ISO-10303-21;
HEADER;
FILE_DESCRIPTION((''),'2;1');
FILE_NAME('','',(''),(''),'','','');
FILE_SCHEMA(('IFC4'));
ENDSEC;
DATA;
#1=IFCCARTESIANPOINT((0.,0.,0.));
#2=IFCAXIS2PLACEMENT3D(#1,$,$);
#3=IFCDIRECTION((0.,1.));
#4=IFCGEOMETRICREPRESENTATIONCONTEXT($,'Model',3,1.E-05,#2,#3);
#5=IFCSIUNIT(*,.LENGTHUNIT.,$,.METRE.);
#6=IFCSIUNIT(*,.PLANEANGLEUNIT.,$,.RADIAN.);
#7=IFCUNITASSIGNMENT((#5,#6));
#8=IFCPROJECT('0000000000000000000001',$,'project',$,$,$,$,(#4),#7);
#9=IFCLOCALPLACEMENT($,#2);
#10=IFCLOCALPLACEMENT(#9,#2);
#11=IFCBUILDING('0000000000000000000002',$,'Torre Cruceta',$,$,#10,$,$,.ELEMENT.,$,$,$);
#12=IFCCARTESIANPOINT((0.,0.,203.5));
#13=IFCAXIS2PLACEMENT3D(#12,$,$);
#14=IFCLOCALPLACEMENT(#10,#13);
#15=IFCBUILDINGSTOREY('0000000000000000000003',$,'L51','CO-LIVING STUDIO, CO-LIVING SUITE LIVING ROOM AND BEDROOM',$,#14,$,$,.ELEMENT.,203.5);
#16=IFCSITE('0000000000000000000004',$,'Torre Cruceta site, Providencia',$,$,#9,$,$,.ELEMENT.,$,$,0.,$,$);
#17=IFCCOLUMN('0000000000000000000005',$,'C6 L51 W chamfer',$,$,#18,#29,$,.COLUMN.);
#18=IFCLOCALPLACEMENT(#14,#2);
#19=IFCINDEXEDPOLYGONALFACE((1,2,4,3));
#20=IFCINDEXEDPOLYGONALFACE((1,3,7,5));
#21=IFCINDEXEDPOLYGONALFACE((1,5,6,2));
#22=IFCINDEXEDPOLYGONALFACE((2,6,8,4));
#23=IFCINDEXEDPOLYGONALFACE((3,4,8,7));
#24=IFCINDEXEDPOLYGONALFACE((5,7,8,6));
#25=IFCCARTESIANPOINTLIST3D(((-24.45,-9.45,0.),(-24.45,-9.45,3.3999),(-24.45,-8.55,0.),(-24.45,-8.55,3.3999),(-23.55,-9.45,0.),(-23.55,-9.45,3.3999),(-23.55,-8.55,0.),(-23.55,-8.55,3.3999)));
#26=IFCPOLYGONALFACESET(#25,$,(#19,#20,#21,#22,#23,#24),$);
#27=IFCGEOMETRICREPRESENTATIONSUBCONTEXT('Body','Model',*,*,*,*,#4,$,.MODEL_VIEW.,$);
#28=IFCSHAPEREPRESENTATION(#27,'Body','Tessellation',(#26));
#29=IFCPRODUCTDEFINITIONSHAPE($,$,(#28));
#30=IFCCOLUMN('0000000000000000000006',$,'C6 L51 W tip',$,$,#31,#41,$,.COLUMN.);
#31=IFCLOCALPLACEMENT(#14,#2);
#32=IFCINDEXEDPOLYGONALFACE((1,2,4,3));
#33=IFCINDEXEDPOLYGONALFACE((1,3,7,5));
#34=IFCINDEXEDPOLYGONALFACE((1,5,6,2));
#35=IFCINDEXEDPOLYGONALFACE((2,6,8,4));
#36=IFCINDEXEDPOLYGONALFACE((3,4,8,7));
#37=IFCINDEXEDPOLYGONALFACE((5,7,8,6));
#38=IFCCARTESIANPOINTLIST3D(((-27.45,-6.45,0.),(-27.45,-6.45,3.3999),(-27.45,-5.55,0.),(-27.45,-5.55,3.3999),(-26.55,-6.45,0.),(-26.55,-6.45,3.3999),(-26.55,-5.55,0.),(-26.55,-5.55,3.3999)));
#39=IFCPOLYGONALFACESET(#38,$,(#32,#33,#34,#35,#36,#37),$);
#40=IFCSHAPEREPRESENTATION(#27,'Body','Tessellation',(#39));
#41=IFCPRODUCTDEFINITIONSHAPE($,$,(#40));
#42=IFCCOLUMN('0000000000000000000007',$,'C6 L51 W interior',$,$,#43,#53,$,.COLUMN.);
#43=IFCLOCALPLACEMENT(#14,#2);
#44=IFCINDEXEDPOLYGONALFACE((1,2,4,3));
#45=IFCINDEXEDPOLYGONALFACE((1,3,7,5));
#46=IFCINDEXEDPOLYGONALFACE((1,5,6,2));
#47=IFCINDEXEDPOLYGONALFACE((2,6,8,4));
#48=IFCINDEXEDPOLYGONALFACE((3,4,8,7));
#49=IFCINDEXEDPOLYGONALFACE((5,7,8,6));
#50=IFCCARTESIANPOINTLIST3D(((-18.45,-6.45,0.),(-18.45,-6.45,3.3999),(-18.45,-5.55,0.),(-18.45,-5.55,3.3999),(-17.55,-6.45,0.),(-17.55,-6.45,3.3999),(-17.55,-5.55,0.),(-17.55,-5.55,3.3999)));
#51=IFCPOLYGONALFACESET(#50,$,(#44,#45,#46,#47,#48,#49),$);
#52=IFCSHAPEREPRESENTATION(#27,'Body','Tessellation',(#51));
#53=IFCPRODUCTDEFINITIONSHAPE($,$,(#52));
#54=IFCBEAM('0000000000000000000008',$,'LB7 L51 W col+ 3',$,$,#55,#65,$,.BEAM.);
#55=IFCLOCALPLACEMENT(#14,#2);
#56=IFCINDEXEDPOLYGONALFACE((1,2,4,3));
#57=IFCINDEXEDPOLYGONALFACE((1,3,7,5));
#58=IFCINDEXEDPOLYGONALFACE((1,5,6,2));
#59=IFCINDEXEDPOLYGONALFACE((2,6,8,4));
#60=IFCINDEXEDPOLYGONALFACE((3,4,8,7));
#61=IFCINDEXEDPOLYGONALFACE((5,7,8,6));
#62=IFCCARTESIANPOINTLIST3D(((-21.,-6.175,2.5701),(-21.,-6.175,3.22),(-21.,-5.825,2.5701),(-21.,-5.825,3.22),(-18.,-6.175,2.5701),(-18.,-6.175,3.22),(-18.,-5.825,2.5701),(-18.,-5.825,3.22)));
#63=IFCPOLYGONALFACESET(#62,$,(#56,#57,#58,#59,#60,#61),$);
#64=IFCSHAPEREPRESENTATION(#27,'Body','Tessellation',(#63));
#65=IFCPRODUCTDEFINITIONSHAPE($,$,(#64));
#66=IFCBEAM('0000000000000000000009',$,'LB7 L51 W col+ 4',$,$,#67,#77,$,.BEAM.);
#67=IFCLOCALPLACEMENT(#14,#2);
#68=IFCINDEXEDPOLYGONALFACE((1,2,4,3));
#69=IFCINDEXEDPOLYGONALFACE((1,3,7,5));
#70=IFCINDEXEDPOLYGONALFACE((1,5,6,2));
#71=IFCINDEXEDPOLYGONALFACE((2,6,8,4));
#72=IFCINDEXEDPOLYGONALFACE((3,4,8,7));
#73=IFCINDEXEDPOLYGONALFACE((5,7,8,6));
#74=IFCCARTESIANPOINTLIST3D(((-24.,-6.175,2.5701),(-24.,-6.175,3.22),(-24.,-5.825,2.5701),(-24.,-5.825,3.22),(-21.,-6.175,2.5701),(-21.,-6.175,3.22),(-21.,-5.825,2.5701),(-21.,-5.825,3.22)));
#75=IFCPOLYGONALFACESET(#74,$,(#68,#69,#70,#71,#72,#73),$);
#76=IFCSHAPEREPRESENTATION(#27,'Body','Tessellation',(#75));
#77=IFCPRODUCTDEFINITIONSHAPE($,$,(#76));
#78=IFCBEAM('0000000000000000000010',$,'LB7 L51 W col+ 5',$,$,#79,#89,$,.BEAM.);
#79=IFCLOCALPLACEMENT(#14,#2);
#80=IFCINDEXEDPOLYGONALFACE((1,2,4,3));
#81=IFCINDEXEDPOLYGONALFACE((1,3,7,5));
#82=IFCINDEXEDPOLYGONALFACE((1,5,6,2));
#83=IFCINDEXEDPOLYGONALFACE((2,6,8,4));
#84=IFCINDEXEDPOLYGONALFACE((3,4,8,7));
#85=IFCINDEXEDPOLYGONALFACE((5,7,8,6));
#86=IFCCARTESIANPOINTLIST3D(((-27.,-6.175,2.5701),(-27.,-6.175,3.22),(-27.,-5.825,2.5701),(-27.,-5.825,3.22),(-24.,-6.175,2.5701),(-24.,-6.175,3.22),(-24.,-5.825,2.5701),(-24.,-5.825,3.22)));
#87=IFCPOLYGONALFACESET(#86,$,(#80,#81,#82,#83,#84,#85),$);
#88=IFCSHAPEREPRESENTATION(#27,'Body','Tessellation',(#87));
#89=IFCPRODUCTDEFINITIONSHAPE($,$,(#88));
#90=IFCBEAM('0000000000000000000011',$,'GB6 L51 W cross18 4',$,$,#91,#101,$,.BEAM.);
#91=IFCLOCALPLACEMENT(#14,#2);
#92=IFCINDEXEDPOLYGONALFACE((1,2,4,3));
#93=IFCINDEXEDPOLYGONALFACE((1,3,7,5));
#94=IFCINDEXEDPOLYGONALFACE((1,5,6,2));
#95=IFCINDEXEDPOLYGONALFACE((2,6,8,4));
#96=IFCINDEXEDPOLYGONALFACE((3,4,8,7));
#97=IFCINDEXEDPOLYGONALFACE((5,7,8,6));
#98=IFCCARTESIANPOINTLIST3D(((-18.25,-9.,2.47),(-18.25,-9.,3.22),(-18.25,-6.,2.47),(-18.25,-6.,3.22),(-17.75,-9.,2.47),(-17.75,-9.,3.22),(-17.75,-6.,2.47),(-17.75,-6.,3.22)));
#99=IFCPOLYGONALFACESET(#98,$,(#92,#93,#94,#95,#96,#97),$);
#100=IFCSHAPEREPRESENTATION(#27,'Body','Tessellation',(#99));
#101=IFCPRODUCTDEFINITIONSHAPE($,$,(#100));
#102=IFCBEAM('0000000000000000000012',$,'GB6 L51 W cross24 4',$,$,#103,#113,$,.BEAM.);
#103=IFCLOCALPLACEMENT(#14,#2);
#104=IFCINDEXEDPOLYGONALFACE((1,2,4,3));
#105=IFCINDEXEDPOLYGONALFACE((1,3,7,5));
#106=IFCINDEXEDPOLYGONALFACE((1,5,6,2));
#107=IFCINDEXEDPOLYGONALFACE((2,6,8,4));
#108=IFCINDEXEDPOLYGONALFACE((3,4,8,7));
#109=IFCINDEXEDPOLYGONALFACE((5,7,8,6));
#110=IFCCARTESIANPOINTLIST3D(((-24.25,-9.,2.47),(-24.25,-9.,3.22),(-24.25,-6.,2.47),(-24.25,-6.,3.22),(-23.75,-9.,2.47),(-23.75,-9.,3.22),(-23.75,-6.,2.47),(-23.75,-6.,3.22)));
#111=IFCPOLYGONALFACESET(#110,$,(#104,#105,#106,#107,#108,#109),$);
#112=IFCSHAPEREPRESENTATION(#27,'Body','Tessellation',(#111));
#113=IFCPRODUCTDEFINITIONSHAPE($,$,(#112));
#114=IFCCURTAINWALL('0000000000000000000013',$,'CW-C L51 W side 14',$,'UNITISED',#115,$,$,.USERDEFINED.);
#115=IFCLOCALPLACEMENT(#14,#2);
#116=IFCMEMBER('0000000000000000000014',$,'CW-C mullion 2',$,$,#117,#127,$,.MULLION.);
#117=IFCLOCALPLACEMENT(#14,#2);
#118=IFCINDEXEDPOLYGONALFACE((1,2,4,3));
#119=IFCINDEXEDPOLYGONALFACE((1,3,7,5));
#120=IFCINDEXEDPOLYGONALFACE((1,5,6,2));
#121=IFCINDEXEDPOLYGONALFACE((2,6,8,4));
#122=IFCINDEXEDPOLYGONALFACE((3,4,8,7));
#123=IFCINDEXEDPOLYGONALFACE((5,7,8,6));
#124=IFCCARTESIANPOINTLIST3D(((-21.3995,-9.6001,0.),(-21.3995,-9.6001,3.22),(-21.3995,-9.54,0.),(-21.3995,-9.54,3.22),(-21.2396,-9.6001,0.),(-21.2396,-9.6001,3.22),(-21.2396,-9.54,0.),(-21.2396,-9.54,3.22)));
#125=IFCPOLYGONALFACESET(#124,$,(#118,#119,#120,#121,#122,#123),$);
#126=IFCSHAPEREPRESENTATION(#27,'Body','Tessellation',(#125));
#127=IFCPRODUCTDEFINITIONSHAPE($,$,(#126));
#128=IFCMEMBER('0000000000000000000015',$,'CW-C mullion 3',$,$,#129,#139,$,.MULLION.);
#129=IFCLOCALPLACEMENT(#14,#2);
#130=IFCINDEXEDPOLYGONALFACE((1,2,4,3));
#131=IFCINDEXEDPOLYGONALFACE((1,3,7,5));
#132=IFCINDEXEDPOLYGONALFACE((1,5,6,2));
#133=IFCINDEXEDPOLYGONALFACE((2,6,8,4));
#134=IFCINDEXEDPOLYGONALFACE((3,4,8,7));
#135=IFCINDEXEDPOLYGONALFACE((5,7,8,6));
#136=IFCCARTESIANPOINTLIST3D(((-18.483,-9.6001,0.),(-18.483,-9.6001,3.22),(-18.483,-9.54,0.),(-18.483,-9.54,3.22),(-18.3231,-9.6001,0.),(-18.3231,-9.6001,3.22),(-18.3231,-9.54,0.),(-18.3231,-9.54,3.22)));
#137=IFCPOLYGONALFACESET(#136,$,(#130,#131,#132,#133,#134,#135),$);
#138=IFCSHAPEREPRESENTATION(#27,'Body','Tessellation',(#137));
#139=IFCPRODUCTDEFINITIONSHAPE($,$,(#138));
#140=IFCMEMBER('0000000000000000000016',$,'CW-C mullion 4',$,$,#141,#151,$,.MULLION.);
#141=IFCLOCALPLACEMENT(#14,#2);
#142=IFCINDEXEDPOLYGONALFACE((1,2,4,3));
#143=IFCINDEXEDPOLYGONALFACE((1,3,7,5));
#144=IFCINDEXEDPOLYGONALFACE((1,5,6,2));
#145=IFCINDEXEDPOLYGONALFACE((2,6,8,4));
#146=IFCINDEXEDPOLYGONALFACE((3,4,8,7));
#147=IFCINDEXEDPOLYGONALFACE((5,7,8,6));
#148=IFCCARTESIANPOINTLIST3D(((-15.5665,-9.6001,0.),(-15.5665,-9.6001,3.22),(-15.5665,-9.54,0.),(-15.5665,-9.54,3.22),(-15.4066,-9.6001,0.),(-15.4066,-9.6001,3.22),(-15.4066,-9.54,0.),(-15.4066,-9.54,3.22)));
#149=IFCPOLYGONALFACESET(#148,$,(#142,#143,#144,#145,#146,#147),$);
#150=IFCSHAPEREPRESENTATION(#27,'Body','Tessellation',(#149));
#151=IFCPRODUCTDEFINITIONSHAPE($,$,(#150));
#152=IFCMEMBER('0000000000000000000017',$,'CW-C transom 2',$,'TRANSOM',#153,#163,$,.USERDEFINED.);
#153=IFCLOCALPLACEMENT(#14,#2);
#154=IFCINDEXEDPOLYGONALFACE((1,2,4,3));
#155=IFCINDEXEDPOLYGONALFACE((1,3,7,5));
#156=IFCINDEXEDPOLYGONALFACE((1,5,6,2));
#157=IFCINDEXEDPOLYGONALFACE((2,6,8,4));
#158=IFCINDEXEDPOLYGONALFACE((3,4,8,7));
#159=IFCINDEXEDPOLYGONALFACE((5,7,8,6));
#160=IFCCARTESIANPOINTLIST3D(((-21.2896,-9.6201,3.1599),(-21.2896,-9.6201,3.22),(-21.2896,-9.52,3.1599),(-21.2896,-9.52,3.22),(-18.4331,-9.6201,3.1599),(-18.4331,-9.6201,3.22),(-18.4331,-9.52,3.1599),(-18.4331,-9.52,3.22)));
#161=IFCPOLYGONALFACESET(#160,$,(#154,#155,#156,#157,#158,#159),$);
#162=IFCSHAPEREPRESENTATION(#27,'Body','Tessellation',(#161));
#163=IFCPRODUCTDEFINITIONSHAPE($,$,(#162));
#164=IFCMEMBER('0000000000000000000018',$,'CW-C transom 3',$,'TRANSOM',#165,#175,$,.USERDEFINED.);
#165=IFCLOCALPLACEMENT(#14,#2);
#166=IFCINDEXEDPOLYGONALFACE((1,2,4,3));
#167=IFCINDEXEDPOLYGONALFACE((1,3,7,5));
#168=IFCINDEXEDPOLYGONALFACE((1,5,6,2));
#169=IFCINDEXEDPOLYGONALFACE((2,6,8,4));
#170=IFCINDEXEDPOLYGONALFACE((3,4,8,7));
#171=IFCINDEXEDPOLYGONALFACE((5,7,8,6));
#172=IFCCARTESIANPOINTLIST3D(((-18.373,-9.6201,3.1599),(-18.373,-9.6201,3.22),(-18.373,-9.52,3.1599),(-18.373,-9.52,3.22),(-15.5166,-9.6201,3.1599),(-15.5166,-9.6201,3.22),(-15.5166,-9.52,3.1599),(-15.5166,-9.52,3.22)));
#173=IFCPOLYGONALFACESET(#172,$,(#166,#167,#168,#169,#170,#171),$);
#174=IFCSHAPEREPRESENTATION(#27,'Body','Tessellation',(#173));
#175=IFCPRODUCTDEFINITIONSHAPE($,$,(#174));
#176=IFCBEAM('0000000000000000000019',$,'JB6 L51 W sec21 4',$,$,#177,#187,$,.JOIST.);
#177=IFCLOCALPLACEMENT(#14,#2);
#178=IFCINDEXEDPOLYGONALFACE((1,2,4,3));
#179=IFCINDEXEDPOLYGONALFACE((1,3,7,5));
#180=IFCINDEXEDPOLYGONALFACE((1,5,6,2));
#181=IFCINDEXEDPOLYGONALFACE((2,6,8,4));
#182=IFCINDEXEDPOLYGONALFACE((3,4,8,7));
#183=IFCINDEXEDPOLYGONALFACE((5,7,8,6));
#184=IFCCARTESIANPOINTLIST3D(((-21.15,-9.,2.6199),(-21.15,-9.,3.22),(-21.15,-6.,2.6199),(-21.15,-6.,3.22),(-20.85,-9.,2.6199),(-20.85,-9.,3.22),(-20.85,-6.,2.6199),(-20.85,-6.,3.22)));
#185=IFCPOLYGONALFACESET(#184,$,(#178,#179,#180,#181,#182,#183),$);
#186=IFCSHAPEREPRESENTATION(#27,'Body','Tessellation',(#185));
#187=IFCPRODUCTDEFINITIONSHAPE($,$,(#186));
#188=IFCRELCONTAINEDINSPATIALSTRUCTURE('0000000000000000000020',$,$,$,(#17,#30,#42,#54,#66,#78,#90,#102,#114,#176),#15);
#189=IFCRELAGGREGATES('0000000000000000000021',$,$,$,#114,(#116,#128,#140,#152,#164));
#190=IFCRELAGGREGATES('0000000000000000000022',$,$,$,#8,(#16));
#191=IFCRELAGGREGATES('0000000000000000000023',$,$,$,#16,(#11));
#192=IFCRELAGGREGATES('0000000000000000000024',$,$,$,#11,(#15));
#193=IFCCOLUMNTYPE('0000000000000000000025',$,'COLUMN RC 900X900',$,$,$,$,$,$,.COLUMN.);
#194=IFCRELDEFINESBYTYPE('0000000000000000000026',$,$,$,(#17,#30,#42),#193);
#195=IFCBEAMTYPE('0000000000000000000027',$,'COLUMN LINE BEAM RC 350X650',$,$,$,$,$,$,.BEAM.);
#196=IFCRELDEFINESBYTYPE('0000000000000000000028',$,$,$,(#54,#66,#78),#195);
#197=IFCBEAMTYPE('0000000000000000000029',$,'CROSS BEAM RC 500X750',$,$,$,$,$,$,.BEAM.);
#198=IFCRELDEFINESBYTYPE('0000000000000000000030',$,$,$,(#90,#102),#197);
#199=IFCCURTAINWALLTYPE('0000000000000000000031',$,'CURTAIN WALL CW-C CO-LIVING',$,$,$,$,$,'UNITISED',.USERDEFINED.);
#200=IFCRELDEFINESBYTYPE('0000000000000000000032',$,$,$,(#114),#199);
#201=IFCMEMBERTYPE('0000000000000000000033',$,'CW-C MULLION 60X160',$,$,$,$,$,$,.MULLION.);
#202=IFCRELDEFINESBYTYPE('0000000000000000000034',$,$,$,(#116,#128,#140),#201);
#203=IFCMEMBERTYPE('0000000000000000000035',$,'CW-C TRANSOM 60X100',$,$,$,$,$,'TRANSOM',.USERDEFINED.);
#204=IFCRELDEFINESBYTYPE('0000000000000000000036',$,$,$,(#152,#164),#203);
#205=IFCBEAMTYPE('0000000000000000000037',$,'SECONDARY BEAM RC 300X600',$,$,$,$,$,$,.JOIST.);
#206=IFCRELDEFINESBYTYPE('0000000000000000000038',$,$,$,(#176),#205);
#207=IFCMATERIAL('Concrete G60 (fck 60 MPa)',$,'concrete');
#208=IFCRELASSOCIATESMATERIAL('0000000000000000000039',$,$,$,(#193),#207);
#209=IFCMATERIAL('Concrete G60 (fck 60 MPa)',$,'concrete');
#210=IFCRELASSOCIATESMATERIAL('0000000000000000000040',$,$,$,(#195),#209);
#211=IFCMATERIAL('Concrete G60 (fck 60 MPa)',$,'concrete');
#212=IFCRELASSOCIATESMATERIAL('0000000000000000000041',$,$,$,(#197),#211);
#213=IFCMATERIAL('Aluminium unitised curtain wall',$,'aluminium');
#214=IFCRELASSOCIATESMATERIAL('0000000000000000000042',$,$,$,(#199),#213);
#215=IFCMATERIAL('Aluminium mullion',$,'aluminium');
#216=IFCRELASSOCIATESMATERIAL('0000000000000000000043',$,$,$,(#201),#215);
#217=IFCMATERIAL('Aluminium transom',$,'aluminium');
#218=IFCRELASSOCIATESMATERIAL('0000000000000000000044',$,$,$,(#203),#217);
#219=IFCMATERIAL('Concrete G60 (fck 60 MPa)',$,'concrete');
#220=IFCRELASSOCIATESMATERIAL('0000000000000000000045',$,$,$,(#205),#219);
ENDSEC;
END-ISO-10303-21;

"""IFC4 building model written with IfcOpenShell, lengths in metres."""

from ifc_helpers import new_model, si_unit, direction, frame, origin, origin_2d, place, context, subcontext, project, spatial, rectangle, extrude, material, material_profile, profile_set, type_object, element, aggregate, save


model = new_model("IFC4")

# Units and contexts
model_context = context("Model", 3, precision=1e-05, world=origin(), true_north=direction((0.0, 1.0)))
body_context = subcontext(model_context, "Body", "Model", "MODEL_VIEW")
ifc_project = project(units=[si_unit("LENGTHUNIT", "METRE"), si_unit("PLANEANGLEUNIT", "RADIAN")], contexts=[model_context])

# Site, building, storey
site_placement = place(None, origin())
site = spatial("IfcSite", under=ifc_project, at=site_placement, Name="Torre Cruceta site, Providencia", CompositionType="ELEMENT", RefElevation=0.0)
building_placement = place(site_placement, origin())
building = spatial("IfcBuilding", under=site, at=building_placement, Name="Torre Cruceta", CompositionType="ELEMENT")
storey_placement = place(building_placement, frame((0.0, 0.0, 203.5)))
storey = spatial("IfcBuildingStorey", under=building, at=storey_placement, Name="L51", Description="CO-LIVING STUDIO, CO-LIVING SUITE LIVING ROOM AND BEDROOM", CompositionType="ELEMENT", Elevation=203.5)

# Columns
ifc_material_1 = material(Name="Concrete G60 (fck 60 MPa)", Category="concrete")
ifc_material_profile_1 = material_profile(ifc_material_1, rectangle(XDim=0.8999, YDim=0.8999, at=origin_2d()), Name="RC 900X900")
ifc_profile_set_1 = profile_set([ifc_material_profile_1], Name="Concrete G60 (fck 60 MPa)")
column_type = type_object("IfcColumnType", Name="COLUMN RC 900X900", PredefinedType="COLUMN", material=ifc_profile_set_1)
for number, where, z_axis, x_axis, name in (
    (1, (-24.0, -9.0, 0.0), (0.0, 0.0, 1.0), (1.0, 0.0, 0.0), "C6 L51 W chamfer"),
    (2, (-27.0, -6.0, 0.0), (0.0, 0.0, 1.0), (1.0, 0.0, 0.0), "C6 L51 W tip"),
    (3, (-18.0, -6.0, 0.0), (0.0, 0.0, 1.0), (1.0, 0.0, 0.0), "C6 L51 W interior"),
):
    element("IfcColumn", number, at=place(storey_placement, frame(where, z_axis=z_axis, x_axis=x_axis)), inside=storey, type_object=column_type, Name=name, PredefinedType="COLUMN", context=body_context, shape_type="SweptSolid", body=[
        extrude(rectangle(XDim=0.8999, YDim=0.8999, at=origin_2d()), origin(), (0.0, 0.0, 1.0), 3.3999),
    ])

# Beams
ifc_material_2 = material(Name="Concrete G60 (fck 60 MPa)", Category="concrete")
ifc_material_profile_2 = material_profile(ifc_material_2, rectangle(XDim=0.3501, YDim=0.6499, at=origin_2d()), Name="RC 350X650")
ifc_profile_set_2 = profile_set([ifc_material_profile_2], Name="Concrete G60 (fck 60 MPa)")
beam_type_1 = type_object("IfcBeamType", Name="COLUMN LINE BEAM RC 350X650", PredefinedType="BEAM", material=ifc_profile_set_2)
for number, where, z_axis, x_axis, name in (
    (4, (-18.0, -6.0, 2.895), (-1.0, 0.0, 0.0), (0.0, -1.0, 0.0), "LB7 L51 W col+ 3"),
    (5, (-21.0, -6.0, 2.895), (-1.0, 0.0, 0.0), (0.0, -1.0, 0.0), "LB7 L51 W col+ 4"),
    (6, (-24.0, -6.0, 2.895), (-1.0, 0.0, 0.0), (0.0, -1.0, 0.0), "LB7 L51 W col+ 5"),
):
    element("IfcBeam", number, at=place(storey_placement, frame(where, z_axis=z_axis, x_axis=x_axis)), inside=storey, type_object=beam_type_1, Name=name, PredefinedType="BEAM", context=body_context, shape_type="SweptSolid", body=[
        extrude(rectangle(XDim=0.3501, YDim=0.6499, at=origin_2d()), origin(), (0.0, 0.0, 1.0), 3.0),
    ])
ifc_material_3 = material(Name="Concrete G60 (fck 60 MPa)", Category="concrete")
ifc_material_profile_3 = material_profile(ifc_material_3, rectangle(XDim=0.5, YDim=0.75, at=origin_2d()), Name="RC 500X750")
ifc_profile_set_3 = profile_set([ifc_material_profile_3], Name="Concrete G60 (fck 60 MPa)")
beam_type_2 = type_object("IfcBeamType", Name="CROSS BEAM RC 500X750", PredefinedType="BEAM", material=ifc_profile_set_3)
for number, where, z_axis, x_axis, name in (
    (7, (-18.0, -6.0, 2.845), (0.0, -1.0, 0.0), (1.0, 0.0, 0.0), "GB6 L51 W cross18 4"),
    (8, (-24.0, -6.0, 2.845), (0.0, -1.0, 0.0), (1.0, 0.0, 0.0), "GB6 L51 W cross24 4"),
):
    element("IfcBeam", number, at=place(storey_placement, frame(where, z_axis=z_axis, x_axis=x_axis)), inside=storey, type_object=beam_type_2, Name=name, PredefinedType="BEAM", context=body_context, shape_type="SweptSolid", body=[
        extrude(rectangle(XDim=0.5, YDim=0.75, at=origin_2d()), origin(), (0.0, 0.0, 1.0), 3.0),
    ])

# Curtain wall, members
ifc_material_4 = material(Name="Aluminium unitised curtain wall", Category="aluminium")
curtain_wall_type = type_object("IfcCurtainWallType", Name="CURTAIN WALL CW-C CO-LIVING", ElementType="UNITISED", PredefinedType="USERDEFINED", material=ifc_material_4)
curtain_wall_placement = place(storey_placement, origin())
curtain_wall = element("IfcCurtainWall", 9, at=curtain_wall_placement, inside=storey, type_object=curtain_wall_type, Name="CW-C L51 W side 14", ObjectType="UNITISED", PredefinedType="USERDEFINED")
ifc_material_5 = material(Name="Aluminium mullion", Category="aluminium")
ifc_material_profile_4 = material_profile(ifc_material_5, rectangle(XDim=0.0601, YDim=0.1599, at=origin_2d()), Name="AL 60X160")
ifc_profile_set_4 = profile_set([ifc_material_profile_4], Name="Aluminium mullion")
member_type_1 = type_object("IfcMemberType", Name="CW-C MULLION 60X160", PredefinedType="MULLION", material=ifc_profile_set_4)
member_1_placement = place(storey_placement, frame((-21.3196, -9.5701, 0.0), z_axis=(0.0, 0.0, 1.0), x_axis=(0.0, 1.0, 0.0)))
member_1 = element("IfcMember", 10, at=member_1_placement, type_object=member_type_1, Name="CW-C mullion 2", PredefinedType="MULLION", context=body_context, shape_type="SweptSolid", body=[
    extrude(rectangle(XDim=0.0601, YDim=0.1599, at=origin_2d()), origin(), (0.0, 0.0, 1.0), 3.22),
])
member_2_placement = place(storey_placement, frame((-18.4031, -9.5701, 0.0), z_axis=(0.0, 0.0, 1.0), x_axis=(0.0, 1.0, 0.0)))
member_2 = element("IfcMember", 11, at=member_2_placement, type_object=member_type_1, Name="CW-C mullion 3", PredefinedType="MULLION", context=body_context, shape_type="SweptSolid", body=[
    extrude(rectangle(XDim=0.0601, YDim=0.1599, at=origin_2d()), origin(), (0.0, 0.0, 1.0), 3.22),
])
member_3_placement = place(storey_placement, frame((-15.4866, -9.5701, 0.0), z_axis=(0.0, 0.0, 1.0), x_axis=(0.0, 1.0, 0.0)))
member_3 = element("IfcMember", 12, at=member_3_placement, type_object=member_type_1, Name="CW-C mullion 4", PredefinedType="MULLION", context=body_context, shape_type="SweptSolid", body=[
    extrude(rectangle(XDim=0.0601, YDim=0.1599, at=origin_2d()), origin(), (0.0, 0.0, 1.0), 3.22),
])
ifc_material_6 = material(Name="Aluminium transom", Category="aluminium")
ifc_material_profile_5 = material_profile(ifc_material_6, rectangle(XDim=0.1001, YDim=0.0601, at=origin_2d()), Name="AL 100X60")
ifc_profile_set_5 = profile_set([ifc_material_profile_5], Name="Aluminium transom")
member_type_2 = type_object("IfcMemberType", Name="CW-C TRANSOM 60X100", ElementType="TRANSOM", PredefinedType="USERDEFINED", material=ifc_profile_set_5)
member_4_placement = place(storey_placement, frame((-21.2896, -9.5701, 3.1899), z_axis=(1.0, 0.0, 0.0), x_axis=(0.0, 1.0, 0.0)))
member_4 = element("IfcMember", 13, at=member_4_placement, type_object=member_type_2, Name="CW-C transom 2", ObjectType="TRANSOM", PredefinedType="USERDEFINED", context=body_context, shape_type="SweptSolid", body=[
    extrude(rectangle(XDim=0.1001, YDim=0.0601, at=origin_2d()), origin(), (0.0, 0.0, 1.0), 2.8564),
])
member_5_placement = place(storey_placement, frame((-18.373, -9.5701, 3.1899), z_axis=(1.0, 0.0, 0.0), x_axis=(0.0, 1.0, 0.0)))
member_5 = element("IfcMember", 14, at=member_5_placement, type_object=member_type_2, Name="CW-C transom 3", ObjectType="TRANSOM", PredefinedType="USERDEFINED", context=body_context, shape_type="SweptSolid", body=[
    extrude(rectangle(XDim=0.1001, YDim=0.0601, at=origin_2d()), origin(), (0.0, 0.0, 1.0), 2.8564),
])

# Beam
ifc_material_7 = material(Name="Concrete G60 (fck 60 MPa)", Category="concrete")
ifc_material_profile_6 = material_profile(ifc_material_7, rectangle(XDim=0.3, YDim=0.6001, at=origin_2d()), Name="RC 300X600")
ifc_profile_set_6 = profile_set([ifc_material_profile_6], Name="Concrete G60 (fck 60 MPa)")
beam_type_3 = type_object("IfcBeamType", Name="SECONDARY BEAM RC 300X600", PredefinedType="JOIST", material=ifc_profile_set_6)
beam_1_placement = place(storey_placement, frame((-21.0, -6.0, 2.9199), z_axis=(0.0, -1.0, 0.0), x_axis=(1.0, 0.0, 0.0)))
element("IfcBeam", 15, at=beam_1_placement, inside=storey, type_object=beam_type_3, Name="JB6 L51 W sec21 4", PredefinedType="JOIST", context=body_context, shape_type="SweptSolid", body=[
    extrude(rectangle(XDim=0.3, YDim=0.6001, at=origin_2d()), origin(), (0.0, 0.0, 1.0), 3.0),
])

aggregate(curtain_wall, [member_1, member_2, member_3, member_4, member_5])

save(model, "model.ifc")
